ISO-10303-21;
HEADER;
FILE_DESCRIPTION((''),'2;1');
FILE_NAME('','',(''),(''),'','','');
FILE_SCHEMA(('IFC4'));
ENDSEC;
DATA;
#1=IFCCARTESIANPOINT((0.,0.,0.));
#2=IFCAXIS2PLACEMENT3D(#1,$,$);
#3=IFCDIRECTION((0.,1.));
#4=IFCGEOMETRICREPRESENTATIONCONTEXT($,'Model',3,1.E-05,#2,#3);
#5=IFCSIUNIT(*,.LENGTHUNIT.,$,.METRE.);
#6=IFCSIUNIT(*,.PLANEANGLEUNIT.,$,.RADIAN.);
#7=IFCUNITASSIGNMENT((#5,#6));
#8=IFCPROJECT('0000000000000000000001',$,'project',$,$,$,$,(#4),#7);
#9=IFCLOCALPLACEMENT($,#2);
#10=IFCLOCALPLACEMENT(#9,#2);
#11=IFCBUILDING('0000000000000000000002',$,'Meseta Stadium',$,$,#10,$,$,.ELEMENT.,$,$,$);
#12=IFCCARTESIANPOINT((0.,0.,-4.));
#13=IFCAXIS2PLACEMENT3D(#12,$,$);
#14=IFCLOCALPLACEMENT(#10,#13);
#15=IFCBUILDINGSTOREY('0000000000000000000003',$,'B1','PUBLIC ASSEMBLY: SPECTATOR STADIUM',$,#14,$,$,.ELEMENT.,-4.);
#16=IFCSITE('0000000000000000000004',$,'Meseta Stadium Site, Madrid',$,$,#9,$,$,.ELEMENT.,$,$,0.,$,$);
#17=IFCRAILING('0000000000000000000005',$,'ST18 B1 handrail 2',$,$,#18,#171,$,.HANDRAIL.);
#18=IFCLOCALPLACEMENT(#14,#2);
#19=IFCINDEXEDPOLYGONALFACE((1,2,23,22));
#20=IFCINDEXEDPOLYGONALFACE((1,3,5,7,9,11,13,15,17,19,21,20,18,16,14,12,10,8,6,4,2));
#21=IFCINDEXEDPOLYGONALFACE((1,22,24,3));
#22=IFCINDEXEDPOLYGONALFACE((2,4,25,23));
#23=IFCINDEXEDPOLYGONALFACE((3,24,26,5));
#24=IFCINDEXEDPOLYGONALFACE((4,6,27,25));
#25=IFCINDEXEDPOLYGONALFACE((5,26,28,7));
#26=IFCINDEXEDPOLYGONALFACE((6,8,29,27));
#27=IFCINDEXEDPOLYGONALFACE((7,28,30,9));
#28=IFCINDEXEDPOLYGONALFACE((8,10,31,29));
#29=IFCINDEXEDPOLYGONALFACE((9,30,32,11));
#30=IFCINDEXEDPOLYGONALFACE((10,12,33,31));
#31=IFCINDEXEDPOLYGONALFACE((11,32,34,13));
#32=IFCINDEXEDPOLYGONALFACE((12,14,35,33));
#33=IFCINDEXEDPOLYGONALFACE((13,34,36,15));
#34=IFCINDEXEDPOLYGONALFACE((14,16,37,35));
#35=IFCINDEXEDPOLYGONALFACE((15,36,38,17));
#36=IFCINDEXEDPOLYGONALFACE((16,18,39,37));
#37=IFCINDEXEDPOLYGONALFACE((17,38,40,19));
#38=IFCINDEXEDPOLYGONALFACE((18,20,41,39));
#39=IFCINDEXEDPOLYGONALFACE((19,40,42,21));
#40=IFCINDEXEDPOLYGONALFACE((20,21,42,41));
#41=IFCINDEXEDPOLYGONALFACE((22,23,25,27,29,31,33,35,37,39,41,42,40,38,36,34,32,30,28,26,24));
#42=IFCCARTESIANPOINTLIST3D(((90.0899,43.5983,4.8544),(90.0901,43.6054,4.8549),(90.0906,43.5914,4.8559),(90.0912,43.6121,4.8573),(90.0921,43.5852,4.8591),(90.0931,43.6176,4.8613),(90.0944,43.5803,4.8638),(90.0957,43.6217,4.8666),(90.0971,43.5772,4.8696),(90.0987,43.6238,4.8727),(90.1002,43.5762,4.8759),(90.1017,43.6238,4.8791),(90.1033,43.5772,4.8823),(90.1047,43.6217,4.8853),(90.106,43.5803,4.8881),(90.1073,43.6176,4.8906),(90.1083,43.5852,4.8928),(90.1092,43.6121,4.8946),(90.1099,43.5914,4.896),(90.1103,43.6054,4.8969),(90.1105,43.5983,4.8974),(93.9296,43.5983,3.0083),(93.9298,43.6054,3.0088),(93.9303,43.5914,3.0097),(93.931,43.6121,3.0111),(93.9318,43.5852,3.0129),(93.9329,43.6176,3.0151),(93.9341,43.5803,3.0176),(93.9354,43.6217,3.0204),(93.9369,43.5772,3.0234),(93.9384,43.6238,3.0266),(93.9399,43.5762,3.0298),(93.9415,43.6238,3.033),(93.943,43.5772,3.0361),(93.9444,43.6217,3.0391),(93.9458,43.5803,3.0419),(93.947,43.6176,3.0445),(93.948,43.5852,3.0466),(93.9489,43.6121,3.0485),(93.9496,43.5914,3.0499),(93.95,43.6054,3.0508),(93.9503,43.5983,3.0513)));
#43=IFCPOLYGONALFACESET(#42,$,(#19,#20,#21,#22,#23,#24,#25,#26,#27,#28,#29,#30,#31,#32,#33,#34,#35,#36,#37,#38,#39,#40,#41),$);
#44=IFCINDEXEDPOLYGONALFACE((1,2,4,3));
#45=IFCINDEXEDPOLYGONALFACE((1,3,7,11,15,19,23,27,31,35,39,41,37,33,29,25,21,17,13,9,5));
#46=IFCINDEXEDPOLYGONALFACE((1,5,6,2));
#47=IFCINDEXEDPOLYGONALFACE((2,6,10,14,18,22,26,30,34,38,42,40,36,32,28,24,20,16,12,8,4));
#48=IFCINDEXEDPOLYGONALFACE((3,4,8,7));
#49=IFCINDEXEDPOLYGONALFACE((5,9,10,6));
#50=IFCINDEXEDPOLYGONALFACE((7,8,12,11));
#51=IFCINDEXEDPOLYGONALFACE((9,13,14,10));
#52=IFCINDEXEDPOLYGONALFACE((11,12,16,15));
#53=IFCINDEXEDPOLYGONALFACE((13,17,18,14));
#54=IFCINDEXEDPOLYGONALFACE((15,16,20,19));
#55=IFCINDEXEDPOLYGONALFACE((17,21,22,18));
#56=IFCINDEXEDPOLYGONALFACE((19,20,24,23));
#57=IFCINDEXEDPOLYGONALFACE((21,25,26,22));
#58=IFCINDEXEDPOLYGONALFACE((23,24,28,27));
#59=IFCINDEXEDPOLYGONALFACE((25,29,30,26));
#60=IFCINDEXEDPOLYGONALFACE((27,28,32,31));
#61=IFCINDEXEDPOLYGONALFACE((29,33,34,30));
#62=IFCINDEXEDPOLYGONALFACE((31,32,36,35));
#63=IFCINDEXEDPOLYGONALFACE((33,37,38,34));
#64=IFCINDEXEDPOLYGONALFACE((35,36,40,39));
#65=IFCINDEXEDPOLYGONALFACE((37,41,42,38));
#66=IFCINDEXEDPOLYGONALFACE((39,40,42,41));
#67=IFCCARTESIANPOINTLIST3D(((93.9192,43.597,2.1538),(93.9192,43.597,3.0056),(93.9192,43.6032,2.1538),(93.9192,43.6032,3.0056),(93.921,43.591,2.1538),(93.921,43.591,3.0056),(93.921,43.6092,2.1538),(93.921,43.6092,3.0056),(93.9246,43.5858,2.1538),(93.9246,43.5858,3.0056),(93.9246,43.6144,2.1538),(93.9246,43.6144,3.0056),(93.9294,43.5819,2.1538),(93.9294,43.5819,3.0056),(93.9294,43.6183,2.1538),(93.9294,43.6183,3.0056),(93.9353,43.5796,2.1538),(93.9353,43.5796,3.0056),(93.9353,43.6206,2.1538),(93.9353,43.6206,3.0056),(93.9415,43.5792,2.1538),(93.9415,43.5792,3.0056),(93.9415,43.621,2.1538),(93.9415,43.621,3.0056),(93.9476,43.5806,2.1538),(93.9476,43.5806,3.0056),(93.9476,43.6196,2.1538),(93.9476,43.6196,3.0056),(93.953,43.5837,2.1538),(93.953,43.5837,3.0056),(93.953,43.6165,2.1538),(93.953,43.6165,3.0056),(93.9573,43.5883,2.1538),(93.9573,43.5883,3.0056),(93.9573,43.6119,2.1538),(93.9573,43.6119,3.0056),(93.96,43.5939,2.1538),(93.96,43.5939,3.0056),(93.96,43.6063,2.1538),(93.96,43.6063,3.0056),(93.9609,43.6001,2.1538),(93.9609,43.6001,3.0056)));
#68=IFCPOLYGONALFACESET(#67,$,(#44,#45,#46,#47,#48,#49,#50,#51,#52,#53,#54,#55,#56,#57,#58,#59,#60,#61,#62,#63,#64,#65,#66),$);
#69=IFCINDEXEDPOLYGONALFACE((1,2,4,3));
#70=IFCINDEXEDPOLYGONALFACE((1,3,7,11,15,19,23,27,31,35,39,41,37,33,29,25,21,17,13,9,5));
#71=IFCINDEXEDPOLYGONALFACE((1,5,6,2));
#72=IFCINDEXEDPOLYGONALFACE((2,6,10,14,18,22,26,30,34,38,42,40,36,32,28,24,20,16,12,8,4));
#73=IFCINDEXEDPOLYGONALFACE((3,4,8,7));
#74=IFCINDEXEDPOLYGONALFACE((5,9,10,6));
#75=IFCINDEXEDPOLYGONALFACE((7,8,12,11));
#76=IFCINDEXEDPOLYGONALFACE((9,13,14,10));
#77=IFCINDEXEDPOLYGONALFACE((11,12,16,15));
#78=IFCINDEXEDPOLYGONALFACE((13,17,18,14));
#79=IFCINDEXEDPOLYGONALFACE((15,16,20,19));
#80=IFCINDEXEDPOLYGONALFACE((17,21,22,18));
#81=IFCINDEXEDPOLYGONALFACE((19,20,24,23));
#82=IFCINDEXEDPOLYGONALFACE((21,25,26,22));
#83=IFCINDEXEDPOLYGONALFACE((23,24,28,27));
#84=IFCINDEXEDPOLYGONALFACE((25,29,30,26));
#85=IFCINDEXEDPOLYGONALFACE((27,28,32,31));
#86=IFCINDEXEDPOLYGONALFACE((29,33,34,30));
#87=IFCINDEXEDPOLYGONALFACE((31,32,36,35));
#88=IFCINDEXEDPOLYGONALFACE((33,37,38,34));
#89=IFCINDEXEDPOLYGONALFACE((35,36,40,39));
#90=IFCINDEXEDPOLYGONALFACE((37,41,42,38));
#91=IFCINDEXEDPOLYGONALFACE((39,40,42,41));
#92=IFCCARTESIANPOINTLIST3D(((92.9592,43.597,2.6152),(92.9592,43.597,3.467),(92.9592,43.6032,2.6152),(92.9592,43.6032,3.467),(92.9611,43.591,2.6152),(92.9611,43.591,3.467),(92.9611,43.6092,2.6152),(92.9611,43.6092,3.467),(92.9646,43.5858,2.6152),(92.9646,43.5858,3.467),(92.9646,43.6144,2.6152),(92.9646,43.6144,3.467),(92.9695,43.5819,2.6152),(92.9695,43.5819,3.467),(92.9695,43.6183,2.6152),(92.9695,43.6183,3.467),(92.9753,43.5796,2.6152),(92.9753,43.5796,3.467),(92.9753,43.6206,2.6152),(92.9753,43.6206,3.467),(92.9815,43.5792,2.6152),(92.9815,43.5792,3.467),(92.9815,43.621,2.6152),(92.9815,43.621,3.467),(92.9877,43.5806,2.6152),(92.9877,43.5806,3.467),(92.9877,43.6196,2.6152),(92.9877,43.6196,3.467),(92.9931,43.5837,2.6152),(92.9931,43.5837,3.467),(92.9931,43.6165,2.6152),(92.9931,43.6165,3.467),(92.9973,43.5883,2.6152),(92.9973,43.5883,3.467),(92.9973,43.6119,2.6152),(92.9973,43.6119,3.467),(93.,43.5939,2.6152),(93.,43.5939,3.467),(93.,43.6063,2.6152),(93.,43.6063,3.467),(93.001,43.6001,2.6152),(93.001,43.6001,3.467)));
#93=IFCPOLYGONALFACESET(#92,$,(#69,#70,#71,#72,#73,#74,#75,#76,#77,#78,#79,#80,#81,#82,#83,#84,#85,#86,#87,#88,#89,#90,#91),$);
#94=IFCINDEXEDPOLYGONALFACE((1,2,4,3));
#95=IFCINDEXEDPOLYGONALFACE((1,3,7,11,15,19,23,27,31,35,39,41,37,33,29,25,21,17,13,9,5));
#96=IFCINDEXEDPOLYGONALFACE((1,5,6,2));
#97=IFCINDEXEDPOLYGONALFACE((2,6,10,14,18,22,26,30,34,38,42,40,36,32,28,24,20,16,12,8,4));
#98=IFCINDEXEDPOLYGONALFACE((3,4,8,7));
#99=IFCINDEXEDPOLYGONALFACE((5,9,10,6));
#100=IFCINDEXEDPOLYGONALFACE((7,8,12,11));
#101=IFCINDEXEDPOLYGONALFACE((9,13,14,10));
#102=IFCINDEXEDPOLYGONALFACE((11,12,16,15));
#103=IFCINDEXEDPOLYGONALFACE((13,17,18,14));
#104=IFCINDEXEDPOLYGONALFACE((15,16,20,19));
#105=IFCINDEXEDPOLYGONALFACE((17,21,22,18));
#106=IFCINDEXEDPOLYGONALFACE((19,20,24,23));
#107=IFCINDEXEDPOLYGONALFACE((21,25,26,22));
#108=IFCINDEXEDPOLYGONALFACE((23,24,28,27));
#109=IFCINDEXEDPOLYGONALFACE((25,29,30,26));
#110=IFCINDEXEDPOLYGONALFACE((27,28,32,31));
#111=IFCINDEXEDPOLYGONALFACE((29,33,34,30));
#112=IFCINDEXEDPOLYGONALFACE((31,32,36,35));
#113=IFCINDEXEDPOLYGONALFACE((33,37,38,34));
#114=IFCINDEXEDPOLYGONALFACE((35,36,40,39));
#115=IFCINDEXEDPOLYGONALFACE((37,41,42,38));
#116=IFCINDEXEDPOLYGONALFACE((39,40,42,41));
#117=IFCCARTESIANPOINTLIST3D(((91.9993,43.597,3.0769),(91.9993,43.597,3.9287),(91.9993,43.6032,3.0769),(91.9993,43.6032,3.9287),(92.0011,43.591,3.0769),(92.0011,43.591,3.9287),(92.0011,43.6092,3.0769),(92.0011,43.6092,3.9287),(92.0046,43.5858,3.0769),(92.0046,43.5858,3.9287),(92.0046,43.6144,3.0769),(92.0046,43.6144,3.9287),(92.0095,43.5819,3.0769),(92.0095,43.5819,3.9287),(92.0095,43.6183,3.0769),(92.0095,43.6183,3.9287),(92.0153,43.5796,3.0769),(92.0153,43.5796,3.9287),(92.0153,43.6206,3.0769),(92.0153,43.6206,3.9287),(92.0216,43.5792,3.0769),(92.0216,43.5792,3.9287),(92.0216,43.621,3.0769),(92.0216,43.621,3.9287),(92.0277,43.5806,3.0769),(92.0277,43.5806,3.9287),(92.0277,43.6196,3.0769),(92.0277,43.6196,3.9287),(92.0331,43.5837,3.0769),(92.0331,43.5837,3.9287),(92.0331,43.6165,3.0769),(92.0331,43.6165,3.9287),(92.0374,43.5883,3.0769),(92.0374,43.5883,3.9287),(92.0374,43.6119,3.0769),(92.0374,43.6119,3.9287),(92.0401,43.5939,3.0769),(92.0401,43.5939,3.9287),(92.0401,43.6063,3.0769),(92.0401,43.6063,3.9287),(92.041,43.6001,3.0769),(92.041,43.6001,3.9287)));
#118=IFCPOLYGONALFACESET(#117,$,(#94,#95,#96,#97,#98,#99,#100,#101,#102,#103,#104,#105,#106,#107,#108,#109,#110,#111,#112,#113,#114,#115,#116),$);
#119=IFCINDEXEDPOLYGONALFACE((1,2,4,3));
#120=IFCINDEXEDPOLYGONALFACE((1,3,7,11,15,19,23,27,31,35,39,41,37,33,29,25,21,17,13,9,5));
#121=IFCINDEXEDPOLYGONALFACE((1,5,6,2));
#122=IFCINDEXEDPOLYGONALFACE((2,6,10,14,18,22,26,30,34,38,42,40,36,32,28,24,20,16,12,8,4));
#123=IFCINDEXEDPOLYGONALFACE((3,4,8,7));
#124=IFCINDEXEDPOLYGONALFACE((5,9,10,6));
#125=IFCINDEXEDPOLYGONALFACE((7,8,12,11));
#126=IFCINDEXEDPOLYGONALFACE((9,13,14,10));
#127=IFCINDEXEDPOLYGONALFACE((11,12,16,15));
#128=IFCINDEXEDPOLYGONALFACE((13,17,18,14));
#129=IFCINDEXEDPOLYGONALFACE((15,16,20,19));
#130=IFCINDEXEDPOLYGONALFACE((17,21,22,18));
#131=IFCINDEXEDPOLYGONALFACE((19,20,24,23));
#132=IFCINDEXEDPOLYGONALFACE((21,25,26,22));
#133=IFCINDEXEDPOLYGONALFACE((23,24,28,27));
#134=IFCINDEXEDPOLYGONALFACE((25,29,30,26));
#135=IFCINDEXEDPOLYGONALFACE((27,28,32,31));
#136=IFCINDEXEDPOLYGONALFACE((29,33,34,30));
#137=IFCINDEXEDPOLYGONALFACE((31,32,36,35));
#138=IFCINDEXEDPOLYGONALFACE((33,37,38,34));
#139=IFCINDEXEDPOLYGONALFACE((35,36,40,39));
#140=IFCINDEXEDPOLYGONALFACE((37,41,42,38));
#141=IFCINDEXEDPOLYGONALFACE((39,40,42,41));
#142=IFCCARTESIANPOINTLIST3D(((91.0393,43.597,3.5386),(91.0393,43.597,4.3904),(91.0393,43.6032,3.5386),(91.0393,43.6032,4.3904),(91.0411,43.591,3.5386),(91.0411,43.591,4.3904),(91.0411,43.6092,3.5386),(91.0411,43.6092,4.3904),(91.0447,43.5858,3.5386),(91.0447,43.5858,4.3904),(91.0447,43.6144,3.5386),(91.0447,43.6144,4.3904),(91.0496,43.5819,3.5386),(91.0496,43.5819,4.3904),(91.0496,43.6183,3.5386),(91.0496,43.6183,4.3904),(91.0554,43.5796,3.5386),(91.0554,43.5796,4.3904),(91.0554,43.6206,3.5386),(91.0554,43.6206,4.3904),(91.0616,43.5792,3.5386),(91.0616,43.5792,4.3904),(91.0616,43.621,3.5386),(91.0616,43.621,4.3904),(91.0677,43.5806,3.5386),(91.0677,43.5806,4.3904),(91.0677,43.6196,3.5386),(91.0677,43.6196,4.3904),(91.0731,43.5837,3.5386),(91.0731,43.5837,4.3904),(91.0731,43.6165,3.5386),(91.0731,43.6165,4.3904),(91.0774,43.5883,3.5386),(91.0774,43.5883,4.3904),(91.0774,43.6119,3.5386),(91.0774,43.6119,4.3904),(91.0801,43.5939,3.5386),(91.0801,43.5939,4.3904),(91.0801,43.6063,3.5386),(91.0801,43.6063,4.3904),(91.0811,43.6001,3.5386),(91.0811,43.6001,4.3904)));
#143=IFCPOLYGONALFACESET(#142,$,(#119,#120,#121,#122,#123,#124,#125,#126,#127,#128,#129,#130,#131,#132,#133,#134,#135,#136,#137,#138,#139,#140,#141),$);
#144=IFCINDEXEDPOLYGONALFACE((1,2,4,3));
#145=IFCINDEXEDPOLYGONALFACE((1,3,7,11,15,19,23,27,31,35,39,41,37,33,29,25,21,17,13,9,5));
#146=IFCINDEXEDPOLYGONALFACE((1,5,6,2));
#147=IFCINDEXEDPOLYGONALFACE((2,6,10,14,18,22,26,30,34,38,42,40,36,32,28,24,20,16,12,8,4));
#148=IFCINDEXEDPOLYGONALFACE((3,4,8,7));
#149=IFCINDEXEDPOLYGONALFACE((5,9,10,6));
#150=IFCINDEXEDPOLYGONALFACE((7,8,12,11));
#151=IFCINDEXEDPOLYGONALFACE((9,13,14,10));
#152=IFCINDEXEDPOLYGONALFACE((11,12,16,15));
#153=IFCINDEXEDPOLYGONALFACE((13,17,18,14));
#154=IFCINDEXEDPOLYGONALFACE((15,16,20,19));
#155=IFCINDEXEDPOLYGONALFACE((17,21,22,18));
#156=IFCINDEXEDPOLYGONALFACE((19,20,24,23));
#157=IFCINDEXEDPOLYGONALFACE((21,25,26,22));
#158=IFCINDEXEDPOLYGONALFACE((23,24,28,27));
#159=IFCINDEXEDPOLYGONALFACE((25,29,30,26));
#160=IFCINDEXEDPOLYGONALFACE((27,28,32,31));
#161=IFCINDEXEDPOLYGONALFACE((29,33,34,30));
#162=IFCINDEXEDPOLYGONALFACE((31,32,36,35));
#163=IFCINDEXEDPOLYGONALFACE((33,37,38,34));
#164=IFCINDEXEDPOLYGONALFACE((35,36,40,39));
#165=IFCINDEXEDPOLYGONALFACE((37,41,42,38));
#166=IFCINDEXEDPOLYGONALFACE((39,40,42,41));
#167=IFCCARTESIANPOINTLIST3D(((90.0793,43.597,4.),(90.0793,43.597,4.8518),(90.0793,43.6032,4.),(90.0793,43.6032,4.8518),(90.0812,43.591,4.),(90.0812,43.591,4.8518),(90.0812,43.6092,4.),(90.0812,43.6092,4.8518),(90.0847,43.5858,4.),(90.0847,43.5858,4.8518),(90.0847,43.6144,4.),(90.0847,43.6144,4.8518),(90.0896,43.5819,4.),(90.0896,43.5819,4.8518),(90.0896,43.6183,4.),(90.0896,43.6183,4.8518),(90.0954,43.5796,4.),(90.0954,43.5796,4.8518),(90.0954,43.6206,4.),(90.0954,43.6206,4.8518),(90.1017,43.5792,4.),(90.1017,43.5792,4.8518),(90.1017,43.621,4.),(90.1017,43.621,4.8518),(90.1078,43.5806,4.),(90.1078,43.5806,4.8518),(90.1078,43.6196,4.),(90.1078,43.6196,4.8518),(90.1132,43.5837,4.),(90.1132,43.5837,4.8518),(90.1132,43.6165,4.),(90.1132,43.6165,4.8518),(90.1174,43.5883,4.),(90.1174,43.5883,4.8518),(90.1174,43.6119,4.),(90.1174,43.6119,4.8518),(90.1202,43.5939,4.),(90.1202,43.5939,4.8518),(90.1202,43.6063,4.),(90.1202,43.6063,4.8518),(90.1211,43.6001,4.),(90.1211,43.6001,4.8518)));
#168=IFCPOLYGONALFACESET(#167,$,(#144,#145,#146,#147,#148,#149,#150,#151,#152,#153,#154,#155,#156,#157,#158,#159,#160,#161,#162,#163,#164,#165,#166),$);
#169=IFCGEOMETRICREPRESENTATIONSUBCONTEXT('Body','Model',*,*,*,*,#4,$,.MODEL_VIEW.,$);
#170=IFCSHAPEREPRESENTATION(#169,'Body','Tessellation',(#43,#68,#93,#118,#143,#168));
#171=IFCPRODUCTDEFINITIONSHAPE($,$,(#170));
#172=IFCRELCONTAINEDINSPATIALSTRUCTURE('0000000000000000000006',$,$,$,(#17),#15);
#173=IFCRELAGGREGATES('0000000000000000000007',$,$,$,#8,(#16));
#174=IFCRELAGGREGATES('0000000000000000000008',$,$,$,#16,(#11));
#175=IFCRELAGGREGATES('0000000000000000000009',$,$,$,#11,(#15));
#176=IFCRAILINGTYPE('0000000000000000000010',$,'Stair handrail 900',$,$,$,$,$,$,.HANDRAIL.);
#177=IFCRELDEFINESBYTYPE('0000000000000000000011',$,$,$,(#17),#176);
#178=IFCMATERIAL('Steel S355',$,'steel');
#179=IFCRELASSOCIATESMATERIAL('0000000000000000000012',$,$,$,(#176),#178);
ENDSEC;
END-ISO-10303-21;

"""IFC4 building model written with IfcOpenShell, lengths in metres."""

from ifc_helpers import new_model, si_unit, direction, frame, origin, origin_2d, place, context, subcontext, project, spatial, circle, extrude, material, type_object, element, save


model = new_model("IFC4")

# Units and contexts
model_context = context("Model", 3, precision=1e-05, world=origin(), true_north=direction((0.0, 1.0)))
body_context = subcontext(model_context, "Body", "Model", "MODEL_VIEW")
ifc_project = project(units=[si_unit("LENGTHUNIT", "METRE"), si_unit("PLANEANGLEUNIT", "RADIAN")], contexts=[model_context])

# Site, building, storey
site_placement = place(None, origin())
site = spatial("IfcSite", under=ifc_project, at=site_placement, Name="Meseta Stadium Site, Madrid", CompositionType="ELEMENT", RefElevation=0.0)
building_placement = place(site_placement, origin())
building = spatial("IfcBuilding", under=site, at=building_placement, Name="Meseta Stadium", CompositionType="ELEMENT")
storey_placement = place(building_placement, frame((0.0, 0.0, -4.0)))
storey = spatial("IfcBuildingStorey", under=building, at=storey_placement, Name="B1", Description="PUBLIC ASSEMBLY: SPECTATOR STADIUM", CompositionType="ELEMENT", Elevation=-4.0)

# Railing
ifc_material_1 = material(Name="Steel S355", Category="steel")
railing_type_1 = type_object("IfcRailingType", Name="Stair handrail 900", PredefinedType="HANDRAIL", material=ifc_material_1)
for number, where, name in (
    (1, (93.9399, 43.6001, 2.1538), "ST18 B1 handrail 2"),
):
    element("IfcRailing", number, at=place(storey_placement, frame(where)), inside=storey, type_object=railing_type_1, Name=name, PredefinedType="HANDRAIL", context=body_context, shape_type="SweptSolid", body=[
        extrude(circle(Radius=0.0239, at=origin_2d()), frame((0.0, 0.0, 0.876), z_axis=(-0.901242, 0.0, 0.433316), x_axis=(0.0, -1.0, 0.0)), (0.0, 0.0, 1.0), 4.2605),
        extrude(circle(Radius=0.021, at=origin_2d()), origin(), (0.0, 0.0, 1.0), 0.8518),
        extrude(circle(Radius=0.021, at=origin_2d()), frame((-0.96, 0.0, 0.4614)), (0.0, 0.0, 1.0), 0.8518),
        extrude(circle(Radius=0.021, at=origin_2d()), frame((-1.9199, 0.0, 0.9231)), (0.0, 0.0, 1.0), 0.8518),
        extrude(circle(Radius=0.021, at=origin_2d()), frame((-2.8799, 0.0, 1.3848)), (0.0, 0.0, 1.0), 0.8518),
        extrude(circle(Radius=0.021, at=origin_2d()), frame((-3.8398, 0.0, 1.8462)), (0.0, 0.0, 1.0), 0.8518),
    ])

save(model, "model.ifc")
